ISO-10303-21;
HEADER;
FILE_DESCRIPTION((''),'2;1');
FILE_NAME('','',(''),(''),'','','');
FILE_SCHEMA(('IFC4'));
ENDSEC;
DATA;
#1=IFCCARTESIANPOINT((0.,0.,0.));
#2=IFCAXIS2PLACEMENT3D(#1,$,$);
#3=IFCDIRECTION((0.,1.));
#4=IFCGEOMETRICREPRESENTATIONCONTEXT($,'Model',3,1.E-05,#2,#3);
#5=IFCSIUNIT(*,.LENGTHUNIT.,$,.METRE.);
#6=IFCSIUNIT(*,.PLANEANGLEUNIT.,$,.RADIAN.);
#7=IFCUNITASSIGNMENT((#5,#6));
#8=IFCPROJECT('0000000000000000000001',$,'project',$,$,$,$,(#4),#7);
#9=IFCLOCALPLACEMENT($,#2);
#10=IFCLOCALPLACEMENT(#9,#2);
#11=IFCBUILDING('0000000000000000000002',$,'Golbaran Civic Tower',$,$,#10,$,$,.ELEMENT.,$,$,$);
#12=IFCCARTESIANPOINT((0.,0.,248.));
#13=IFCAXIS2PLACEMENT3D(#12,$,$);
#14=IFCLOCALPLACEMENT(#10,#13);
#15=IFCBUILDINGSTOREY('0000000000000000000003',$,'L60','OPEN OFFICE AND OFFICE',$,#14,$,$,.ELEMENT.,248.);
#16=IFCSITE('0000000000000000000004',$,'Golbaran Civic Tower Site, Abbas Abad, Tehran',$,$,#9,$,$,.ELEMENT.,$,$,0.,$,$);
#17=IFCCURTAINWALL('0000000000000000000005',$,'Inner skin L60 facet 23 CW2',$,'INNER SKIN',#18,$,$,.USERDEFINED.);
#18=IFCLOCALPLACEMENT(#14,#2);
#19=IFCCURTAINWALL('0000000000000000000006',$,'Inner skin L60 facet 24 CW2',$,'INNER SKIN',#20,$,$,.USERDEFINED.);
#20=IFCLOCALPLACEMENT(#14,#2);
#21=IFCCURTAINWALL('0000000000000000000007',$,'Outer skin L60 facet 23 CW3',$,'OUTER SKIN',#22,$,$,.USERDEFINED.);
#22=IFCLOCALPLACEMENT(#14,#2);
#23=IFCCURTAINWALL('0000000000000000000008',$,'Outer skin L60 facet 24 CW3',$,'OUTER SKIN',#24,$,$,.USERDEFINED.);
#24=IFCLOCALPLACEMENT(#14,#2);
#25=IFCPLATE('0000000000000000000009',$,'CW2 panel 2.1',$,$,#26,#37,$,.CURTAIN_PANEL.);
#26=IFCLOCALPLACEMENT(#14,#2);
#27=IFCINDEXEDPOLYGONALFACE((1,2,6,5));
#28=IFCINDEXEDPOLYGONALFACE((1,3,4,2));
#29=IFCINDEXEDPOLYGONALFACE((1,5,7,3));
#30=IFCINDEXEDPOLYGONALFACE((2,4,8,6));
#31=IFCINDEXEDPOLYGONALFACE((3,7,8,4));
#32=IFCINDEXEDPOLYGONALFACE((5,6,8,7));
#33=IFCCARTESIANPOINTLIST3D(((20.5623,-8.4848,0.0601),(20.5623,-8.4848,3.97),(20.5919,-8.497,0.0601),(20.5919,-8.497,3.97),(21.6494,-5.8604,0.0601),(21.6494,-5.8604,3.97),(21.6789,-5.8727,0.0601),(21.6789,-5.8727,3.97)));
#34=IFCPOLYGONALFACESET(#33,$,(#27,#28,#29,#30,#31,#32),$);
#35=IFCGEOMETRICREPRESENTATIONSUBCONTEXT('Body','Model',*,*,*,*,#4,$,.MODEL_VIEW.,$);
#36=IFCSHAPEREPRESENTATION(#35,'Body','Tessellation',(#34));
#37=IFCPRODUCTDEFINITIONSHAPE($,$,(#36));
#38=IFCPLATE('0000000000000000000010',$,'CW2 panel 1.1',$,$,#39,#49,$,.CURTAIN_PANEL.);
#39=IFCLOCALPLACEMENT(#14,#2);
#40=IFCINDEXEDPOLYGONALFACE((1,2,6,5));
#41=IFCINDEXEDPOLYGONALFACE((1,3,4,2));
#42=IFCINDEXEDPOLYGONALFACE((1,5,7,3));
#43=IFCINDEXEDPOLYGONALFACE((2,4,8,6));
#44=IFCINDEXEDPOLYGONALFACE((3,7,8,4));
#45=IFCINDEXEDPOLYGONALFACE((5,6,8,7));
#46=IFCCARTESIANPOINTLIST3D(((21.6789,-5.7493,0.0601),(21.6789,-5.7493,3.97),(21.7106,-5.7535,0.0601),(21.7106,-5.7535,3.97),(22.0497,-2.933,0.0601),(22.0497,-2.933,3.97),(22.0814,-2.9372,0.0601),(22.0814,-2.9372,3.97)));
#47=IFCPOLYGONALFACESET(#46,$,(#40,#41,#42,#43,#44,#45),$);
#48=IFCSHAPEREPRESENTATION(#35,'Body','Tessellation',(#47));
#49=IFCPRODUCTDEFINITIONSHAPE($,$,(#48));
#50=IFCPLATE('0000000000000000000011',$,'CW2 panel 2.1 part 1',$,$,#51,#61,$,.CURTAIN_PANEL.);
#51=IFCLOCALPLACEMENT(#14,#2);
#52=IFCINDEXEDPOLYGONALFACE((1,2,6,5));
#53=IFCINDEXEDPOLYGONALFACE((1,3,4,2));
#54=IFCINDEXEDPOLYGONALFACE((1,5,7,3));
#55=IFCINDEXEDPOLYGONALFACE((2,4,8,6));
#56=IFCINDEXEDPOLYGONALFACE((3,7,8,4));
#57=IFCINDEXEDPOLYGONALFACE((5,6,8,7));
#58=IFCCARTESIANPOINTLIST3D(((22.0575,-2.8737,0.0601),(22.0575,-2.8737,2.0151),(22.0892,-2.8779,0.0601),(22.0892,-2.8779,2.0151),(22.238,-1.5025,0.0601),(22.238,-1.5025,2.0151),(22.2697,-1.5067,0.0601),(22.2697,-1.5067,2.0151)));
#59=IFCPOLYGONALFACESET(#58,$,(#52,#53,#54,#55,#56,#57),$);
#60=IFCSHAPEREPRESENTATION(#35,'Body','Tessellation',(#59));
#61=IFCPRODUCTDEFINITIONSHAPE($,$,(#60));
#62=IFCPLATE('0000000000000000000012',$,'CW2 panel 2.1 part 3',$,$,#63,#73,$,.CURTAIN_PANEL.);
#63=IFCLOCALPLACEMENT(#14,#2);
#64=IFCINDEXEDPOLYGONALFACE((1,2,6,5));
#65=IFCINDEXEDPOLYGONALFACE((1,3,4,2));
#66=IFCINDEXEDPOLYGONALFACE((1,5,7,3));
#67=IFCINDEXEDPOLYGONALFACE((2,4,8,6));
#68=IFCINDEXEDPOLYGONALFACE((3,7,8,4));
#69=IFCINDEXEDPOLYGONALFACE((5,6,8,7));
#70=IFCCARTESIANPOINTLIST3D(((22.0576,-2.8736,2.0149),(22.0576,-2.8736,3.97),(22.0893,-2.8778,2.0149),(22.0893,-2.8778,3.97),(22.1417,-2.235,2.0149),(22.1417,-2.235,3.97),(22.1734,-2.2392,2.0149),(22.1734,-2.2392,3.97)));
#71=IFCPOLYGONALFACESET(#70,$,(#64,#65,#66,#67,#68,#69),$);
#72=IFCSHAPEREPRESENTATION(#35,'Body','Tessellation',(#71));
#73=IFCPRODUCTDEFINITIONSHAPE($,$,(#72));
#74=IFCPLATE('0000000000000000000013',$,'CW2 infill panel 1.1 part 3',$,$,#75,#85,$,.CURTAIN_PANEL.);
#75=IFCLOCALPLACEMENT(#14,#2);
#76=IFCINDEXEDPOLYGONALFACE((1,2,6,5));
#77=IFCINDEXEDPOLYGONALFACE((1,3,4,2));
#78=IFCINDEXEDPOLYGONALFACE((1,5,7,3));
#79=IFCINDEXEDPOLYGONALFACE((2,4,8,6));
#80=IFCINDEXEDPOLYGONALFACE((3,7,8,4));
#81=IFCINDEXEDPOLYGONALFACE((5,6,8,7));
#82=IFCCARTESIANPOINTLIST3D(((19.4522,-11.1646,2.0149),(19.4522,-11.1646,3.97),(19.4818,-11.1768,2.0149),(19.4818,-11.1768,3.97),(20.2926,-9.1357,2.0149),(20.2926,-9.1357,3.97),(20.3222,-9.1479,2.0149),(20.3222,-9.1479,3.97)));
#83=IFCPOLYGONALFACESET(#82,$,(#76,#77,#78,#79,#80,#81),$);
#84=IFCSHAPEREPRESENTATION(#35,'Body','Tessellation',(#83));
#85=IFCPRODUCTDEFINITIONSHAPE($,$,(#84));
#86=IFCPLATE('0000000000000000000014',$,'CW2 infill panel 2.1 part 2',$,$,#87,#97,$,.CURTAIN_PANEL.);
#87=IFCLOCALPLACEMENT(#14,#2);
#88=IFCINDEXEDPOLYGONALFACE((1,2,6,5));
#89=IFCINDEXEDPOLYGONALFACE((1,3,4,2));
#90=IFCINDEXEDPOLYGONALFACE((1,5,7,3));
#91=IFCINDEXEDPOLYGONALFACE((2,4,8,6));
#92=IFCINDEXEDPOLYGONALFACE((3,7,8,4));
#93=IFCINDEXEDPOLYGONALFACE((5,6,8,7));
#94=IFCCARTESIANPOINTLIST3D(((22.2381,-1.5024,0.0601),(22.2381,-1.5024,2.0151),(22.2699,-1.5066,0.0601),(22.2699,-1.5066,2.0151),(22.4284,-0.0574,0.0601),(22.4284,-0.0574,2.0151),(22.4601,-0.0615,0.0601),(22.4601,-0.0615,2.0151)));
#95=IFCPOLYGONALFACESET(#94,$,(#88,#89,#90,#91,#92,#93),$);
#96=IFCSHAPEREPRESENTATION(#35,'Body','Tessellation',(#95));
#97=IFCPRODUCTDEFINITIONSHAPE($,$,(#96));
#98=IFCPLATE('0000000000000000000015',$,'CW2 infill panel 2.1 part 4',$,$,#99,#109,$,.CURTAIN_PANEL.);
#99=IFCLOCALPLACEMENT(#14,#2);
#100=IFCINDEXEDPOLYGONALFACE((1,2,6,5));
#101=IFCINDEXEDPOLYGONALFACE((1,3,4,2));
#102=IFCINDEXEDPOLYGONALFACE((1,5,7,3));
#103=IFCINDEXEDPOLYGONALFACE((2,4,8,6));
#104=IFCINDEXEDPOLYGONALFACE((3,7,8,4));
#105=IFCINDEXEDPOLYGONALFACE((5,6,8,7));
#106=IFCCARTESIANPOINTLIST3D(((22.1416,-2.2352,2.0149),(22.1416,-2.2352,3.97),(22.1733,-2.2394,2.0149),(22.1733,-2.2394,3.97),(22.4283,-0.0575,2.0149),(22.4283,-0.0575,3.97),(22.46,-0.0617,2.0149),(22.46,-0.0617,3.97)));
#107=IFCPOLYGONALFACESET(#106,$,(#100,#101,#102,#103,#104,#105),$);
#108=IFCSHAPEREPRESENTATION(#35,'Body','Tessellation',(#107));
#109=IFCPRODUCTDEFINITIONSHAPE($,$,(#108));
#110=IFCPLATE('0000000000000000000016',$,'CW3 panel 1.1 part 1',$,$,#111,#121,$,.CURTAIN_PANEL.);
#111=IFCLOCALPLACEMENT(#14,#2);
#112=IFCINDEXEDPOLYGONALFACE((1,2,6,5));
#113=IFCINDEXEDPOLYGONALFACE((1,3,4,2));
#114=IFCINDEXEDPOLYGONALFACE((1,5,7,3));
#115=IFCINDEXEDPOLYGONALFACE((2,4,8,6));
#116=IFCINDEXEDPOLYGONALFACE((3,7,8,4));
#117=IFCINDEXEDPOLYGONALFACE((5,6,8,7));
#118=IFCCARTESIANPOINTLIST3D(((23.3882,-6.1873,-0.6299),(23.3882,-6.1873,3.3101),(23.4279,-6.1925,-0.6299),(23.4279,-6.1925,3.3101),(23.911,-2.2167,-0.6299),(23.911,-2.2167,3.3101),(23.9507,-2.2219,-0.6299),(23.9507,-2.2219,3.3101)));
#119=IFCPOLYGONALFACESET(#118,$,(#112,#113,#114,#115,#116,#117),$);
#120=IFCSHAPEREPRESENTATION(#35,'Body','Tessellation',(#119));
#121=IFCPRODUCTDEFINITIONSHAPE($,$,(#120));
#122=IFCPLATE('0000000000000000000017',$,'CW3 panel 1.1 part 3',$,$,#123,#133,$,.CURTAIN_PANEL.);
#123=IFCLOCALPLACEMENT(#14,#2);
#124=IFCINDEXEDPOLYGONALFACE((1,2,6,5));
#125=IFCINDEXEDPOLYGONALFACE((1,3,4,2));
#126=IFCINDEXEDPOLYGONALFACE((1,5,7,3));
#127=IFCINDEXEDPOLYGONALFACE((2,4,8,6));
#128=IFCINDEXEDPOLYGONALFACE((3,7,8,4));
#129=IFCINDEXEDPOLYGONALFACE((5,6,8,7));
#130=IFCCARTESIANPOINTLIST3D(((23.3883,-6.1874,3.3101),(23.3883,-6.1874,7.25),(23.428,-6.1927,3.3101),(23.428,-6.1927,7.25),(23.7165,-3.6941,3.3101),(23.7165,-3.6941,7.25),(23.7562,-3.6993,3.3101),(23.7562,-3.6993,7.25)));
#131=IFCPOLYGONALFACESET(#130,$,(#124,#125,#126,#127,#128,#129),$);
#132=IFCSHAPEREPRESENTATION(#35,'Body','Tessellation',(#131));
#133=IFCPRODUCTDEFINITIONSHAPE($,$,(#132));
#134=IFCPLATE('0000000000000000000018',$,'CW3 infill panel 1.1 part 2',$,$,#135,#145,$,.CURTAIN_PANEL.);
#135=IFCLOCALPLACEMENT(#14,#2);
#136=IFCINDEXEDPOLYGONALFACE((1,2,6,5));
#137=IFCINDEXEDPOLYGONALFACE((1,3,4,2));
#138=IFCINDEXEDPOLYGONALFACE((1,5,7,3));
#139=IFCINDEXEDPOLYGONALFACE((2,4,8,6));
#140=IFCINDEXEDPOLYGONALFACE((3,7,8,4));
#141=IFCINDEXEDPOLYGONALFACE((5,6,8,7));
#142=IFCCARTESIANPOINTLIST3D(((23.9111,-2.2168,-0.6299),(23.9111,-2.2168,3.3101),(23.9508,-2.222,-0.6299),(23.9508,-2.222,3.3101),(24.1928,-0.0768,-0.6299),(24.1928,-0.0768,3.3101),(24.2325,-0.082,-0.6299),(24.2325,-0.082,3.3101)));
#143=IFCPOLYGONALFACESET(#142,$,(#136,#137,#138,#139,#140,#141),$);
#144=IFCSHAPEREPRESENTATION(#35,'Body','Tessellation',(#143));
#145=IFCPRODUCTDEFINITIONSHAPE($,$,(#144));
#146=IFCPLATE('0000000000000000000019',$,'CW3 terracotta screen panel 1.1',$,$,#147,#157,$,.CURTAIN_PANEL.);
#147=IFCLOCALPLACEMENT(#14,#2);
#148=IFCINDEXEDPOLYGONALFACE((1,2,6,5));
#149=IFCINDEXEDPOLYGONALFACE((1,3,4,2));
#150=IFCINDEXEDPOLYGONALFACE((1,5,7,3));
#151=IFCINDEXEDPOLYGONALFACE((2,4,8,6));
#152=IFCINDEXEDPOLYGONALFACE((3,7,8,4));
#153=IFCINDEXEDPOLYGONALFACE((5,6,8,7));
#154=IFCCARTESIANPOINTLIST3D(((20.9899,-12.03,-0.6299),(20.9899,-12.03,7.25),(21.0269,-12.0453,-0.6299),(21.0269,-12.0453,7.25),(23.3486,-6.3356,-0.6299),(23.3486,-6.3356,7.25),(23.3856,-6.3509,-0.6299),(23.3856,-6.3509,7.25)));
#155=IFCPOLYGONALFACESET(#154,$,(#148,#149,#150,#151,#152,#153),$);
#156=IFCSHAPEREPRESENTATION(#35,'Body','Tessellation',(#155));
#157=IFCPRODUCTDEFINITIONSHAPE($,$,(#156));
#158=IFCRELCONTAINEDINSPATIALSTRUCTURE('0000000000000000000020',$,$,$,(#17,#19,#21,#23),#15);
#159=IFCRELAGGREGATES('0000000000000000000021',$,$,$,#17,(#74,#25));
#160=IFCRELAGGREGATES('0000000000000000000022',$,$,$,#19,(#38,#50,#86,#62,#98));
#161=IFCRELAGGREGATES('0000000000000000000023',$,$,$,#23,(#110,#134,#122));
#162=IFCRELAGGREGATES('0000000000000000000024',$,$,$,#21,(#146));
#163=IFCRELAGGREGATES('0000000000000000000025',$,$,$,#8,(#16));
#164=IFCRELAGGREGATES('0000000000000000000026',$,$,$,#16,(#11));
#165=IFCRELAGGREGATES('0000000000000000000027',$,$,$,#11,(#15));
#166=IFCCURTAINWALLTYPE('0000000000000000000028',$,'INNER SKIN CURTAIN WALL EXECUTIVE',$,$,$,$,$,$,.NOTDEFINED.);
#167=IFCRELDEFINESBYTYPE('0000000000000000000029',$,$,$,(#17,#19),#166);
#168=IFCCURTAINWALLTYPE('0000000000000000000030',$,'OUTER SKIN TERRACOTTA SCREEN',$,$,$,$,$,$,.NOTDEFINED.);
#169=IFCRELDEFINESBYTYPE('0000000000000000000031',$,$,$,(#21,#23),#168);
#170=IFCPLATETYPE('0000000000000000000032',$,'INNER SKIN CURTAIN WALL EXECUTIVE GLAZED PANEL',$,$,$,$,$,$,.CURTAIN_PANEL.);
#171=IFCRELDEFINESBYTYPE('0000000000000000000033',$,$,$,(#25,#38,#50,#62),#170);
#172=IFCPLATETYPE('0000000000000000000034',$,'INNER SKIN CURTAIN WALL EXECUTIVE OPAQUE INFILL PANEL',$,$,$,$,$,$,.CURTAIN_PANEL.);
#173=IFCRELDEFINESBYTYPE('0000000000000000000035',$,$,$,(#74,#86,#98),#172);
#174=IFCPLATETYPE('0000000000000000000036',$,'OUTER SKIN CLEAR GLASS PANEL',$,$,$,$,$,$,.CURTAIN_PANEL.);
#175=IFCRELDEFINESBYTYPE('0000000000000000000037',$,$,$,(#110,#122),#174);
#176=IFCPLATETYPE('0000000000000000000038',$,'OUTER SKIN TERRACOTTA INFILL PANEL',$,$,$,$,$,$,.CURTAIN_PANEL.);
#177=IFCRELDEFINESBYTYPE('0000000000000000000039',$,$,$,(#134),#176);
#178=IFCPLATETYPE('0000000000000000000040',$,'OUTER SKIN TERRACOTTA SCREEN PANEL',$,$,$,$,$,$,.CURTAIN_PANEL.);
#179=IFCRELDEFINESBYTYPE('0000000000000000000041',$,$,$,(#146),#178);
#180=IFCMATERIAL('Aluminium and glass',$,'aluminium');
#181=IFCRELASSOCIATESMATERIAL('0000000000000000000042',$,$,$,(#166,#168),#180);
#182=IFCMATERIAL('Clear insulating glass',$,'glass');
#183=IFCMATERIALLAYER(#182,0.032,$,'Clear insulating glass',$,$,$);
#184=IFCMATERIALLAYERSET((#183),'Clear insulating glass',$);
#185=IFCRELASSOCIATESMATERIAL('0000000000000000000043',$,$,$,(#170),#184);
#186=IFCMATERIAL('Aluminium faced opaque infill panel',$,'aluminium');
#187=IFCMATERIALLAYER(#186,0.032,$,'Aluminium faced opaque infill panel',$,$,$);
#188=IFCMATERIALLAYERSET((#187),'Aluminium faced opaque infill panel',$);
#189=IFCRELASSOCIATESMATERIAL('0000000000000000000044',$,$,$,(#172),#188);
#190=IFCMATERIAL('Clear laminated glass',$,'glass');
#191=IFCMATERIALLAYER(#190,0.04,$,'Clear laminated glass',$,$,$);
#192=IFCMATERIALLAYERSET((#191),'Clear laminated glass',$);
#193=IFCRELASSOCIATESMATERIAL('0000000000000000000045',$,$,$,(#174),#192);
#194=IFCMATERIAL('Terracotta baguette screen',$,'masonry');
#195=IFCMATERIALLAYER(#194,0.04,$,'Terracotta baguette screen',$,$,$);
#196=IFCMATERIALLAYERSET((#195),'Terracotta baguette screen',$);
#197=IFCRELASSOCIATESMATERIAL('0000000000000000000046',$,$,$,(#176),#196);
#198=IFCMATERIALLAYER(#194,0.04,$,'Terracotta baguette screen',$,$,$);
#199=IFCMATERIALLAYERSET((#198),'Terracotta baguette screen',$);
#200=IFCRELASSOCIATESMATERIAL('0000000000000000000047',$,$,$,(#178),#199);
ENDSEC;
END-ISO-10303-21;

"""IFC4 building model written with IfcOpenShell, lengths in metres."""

from ifc_helpers import new_model, si_unit, direction, frame, origin, origin_2d, place, context, subcontext, project, spatial, rectangle, extrude, material, layer, layer_set, type_object, element, aggregate, save


model = new_model("IFC4")

# Units and contexts
model_context = context("Model", 3, precision=1e-05, world=origin(), true_north=direction((0.0, 1.0)))
body_context = subcontext(model_context, "Body", "Model", "MODEL_VIEW")
ifc_project = project(units=[si_unit("LENGTHUNIT", "METRE"), si_unit("PLANEANGLEUNIT", "RADIAN")], contexts=[model_context])

# Site, building, storey
site_placement = place(None, origin())
site = spatial("IfcSite", under=ifc_project, at=site_placement, Name="Golbaran Civic Tower Site, Abbas Abad, Tehran", CompositionType="ELEMENT", RefElevation=0.0)
building_placement = place(site_placement, origin())
building = spatial("IfcBuilding", under=site, at=building_placement, Name="Golbaran Civic Tower", CompositionType="ELEMENT")
storey_placement = place(building_placement, frame((0.0, 0.0, 248.0)))
storey = spatial("IfcBuildingStorey", under=building, at=storey_placement, Name="L60", Description="OPEN OFFICE AND OFFICE", CompositionType="ELEMENT", Elevation=248.0)

# Curtain walls
ifc_material_1 = material(Name="Aluminium and glass", Category="aluminium")
curtain_wall_type_1 = type_object("IfcCurtainWallType", Name="INNER SKIN CURTAIN WALL EXECUTIVE", PredefinedType="NOTDEFINED", material=ifc_material_1)
curtain_wall_1_placement = place(storey_placement, origin())
curtain_wall_1 = element("IfcCurtainWall", 1, at=curtain_wall_1_placement, inside=storey, type_object=curtain_wall_type_1, Name="Inner skin L60 facet 23 CW2", ObjectType="INNER SKIN", PredefinedType="USERDEFINED")
curtain_wall_2_placement = place(storey_placement, origin())
curtain_wall_2 = element("IfcCurtainWall", 2, at=curtain_wall_2_placement, inside=storey, type_object=curtain_wall_type_1, Name="Inner skin L60 facet 24 CW2", ObjectType="INNER SKIN", PredefinedType="USERDEFINED")

# Curtain wall
curtain_wall_type_2 = type_object("IfcCurtainWallType", Name="OUTER SKIN TERRACOTTA SCREEN", PredefinedType="NOTDEFINED", material=ifc_material_1)
curtain_wall_3_placement = place(storey_placement, origin())
curtain_wall_3 = element("IfcCurtainWall", 3, at=curtain_wall_3_placement, inside=storey, type_object=curtain_wall_type_2, Name="Outer skin L60 facet 23 CW3", ObjectType="OUTER SKIN", PredefinedType="USERDEFINED")

# Curtain wall
curtain_wall_4_placement = place(storey_placement, origin())
curtain_wall_4 = element("IfcCurtainWall", 4, at=curtain_wall_4_placement, inside=storey, type_object=curtain_wall_type_2, Name="Outer skin L60 facet 24 CW3", ObjectType="OUTER SKIN", PredefinedType="USERDEFINED")

# Plates
ifc_material_2 = material(Name="Clear insulating glass", Category="glass")
ifc_layer_1 = layer(ifc_material_2, 0.032, Name="Clear insulating glass")
ifc_layer_set_1 = layer_set([ifc_layer_1], Name="Clear insulating glass")
plate_type_1 = type_object("IfcPlateType", Name="INNER SKIN CURTAIN WALL EXECUTIVE GLAZED PANEL", PredefinedType="CURTAIN_PANEL", material=ifc_layer_set_1)
plate_1_placement = place(storey_placement, frame((21.1206, -7.1787, 0.0601), z_axis=(0.0, 0.0, 1.0), x_axis=(0.382683, 0.92388, 0.0)))
plate_1 = element("IfcPlate", 5, at=plate_1_placement, type_object=plate_type_1, Name="CW2 panel 2.1", PredefinedType="CURTAIN_PANEL", context=body_context, shape_type="SweptSolid", body=[
    extrude(rectangle(XDim=2.8406, YDim=0.032, at=origin_2d()), origin(), (0.0, 0.0, 1.0), 3.9099),
])
plate_2_placement = place(storey_placement, frame((21.8801, -4.3433, 0.0601), z_axis=(0.0, 0.0, 1.0), x_axis=(0.130526, 0.991445, 0.0)))
plate_2 = element("IfcPlate", 6, at=plate_2_placement, type_object=plate_type_1, Name="CW2 panel 1.1", PredefinedType="CURTAIN_PANEL", context=body_context, shape_type="SweptSolid", body=[
    extrude(rectangle(XDim=2.8406, YDim=0.032, at=origin_2d()), origin(), (0.0, 0.0, 1.0), 3.9099),
])
plate_3_placement = place(storey_placement, frame((22.1636, -2.1902, 0.0601), z_axis=(0.0, 0.0, 1.0), x_axis=(0.130526, 0.991445, 0.0)))
plate_3 = element("IfcPlate", 7, at=plate_3_placement, type_object=plate_type_1, Name="CW2 panel 2.1 part 1", PredefinedType="CURTAIN_PANEL", context=body_context, shape_type="SweptSolid", body=[
    extrude(rectangle(XDim=1.3831, YDim=0.032, at=origin_2d()), origin(), (0.0, 0.0, 1.0), 1.9551),
])
plate_4_placement = place(storey_placement, frame((22.1155, -2.5564, 2.0149), z_axis=(0.0, 0.0, 1.0), x_axis=(0.130526, 0.991445, 0.0)))
plate_4 = element("IfcPlate", 8, at=plate_4_placement, type_object=plate_type_1, Name="CW2 panel 2.1 part 3", PredefinedType="CURTAIN_PANEL", context=body_context, shape_type="SweptSolid", body=[
    extrude(rectangle(XDim=0.644, YDim=0.032, at=origin_2d()), origin(), (0.0, 0.0, 1.0), 1.9551),
])
ifc_material_3 = material(Name="Aluminium faced opaque infill panel", Category="aluminium")
ifc_layer_2 = layer(ifc_material_3, 0.032, Name="Aluminium faced opaque infill panel")
ifc_layer_set_2 = layer_set([ifc_layer_2], Name="Aluminium faced opaque infill panel")
plate_type_2 = type_object("IfcPlateType", Name="INNER SKIN CURTAIN WALL EXECUTIVE OPAQUE INFILL PANEL", PredefinedType="CURTAIN_PANEL", material=ifc_layer_set_2)
plate_5_placement = place(storey_placement, frame((19.8872, -10.1562, 2.0149), z_axis=(0.0, 0.0, 1.0), x_axis=(0.382683, 0.92388, 0.0)))
plate_5 = element("IfcPlate", 9, at=plate_5_placement, type_object=plate_type_2, Name="CW2 infill panel 1.1 part 3", PredefinedType="CURTAIN_PANEL", context=body_context, shape_type="SweptSolid", body=[
    extrude(rectangle(XDim=2.196, YDim=0.032, at=origin_2d()), origin(), (0.0, 0.0, 1.0), 1.9551),
])
aggregate(curtain_wall_1, [plate_5, plate_1])
plate_6_placement = place(storey_placement, frame((22.3491, -0.782, 0.0601), z_axis=(0.0, 0.0, 1.0), x_axis=(0.130526, 0.991445, 0.0)))
plate_6 = element("IfcPlate", 10, at=plate_6_placement, type_object=plate_type_2, Name="CW2 infill panel 2.1 part 2", PredefinedType="CURTAIN_PANEL", context=body_context, shape_type="SweptSolid", body=[
    extrude(rectangle(XDim=1.4575, YDim=0.032, at=origin_2d()), origin(), (0.0, 0.0, 1.0), 1.9551),
])
plate_7_placement = place(storey_placement, frame((22.3008, -1.1484, 2.0149), z_axis=(0.0, 0.0, 1.0), x_axis=(0.130526, 0.991445, 0.0)))
plate_7 = element("IfcPlate", 11, at=plate_7_placement, type_object=plate_type_2, Name="CW2 infill panel 2.1 part 4", PredefinedType="CURTAIN_PANEL", context=body_context, shape_type="SweptSolid", body=[
    extrude(rectangle(XDim=2.1965, YDim=0.032, at=origin_2d()), origin(), (0.0, 0.0, 1.0), 1.9551),
])
aggregate(curtain_wall_2, [plate_2, plate_3, plate_6, plate_4, plate_7])
ifc_material_4 = material(Name="Clear laminated glass", Category="glass")
ifc_layer_3 = layer(ifc_material_4, 0.04, Name="Clear laminated glass")
ifc_layer_set_3 = layer_set([ifc_layer_3], Name="Clear laminated glass")
plate_type_3 = type_object("IfcPlateType", Name="OUTER SKIN CLEAR GLASS PANEL", PredefinedType="CURTAIN_PANEL", material=ifc_layer_set_3)
plate_8_placement = place(storey_placement, frame((23.6694, -4.2046, -0.6299), z_axis=(0.0, 0.0, 1.0), x_axis=(0.130526, 0.991445, 0.0)))
plate_8 = element("IfcPlate", 12, at=plate_8_placement, type_object=plate_type_3, Name="CW3 panel 1.1 part 1", PredefinedType="CURTAIN_PANEL", context=body_context, shape_type="SweptSolid", body=[
    extrude(rectangle(XDim=4.0049, YDim=0.04, at=origin_2d()), origin(), (0.0, 0.0, 1.0), 3.9399),
])
plate_9_placement = place(storey_placement, frame((23.5723, -4.9434, 3.3101), z_axis=(0.0, 0.0, 1.0), x_axis=(0.130526, 0.991445, 0.0)))
plate_9 = element("IfcPlate", 13, at=plate_9_placement, type_object=plate_type_3, Name="CW3 panel 1.1 part 3", PredefinedType="CURTAIN_PANEL", context=body_context, shape_type="SweptSolid", body=[
    extrude(rectangle(XDim=2.5149, YDim=0.04, at=origin_2d()), origin(), (0.0, 0.0, 1.0), 3.9399),
])
ifc_material_5 = material(Name="Terracotta baguette screen", Category="masonry")
ifc_layer_4 = layer(ifc_material_5, 0.04, Name="Terracotta baguette screen")
ifc_layer_set_4 = layer_set([ifc_layer_4], Name="Terracotta baguette screen")
plate_type_4 = type_object("IfcPlateType", Name="OUTER SKIN TERRACOTTA INFILL PANEL", PredefinedType="CURTAIN_PANEL", material=ifc_layer_set_4)
plate_10_placement = place(storey_placement, frame((24.0718, -1.1494, -0.6299), z_axis=(0.0, 0.0, 1.0), x_axis=(0.130526, 0.991445, 0.0)))
plate_10 = element("IfcPlate", 14, at=plate_10_placement, type_object=plate_type_4, Name="CW3 infill panel 1.1 part 2", PredefinedType="CURTAIN_PANEL", context=body_context, shape_type="SweptSolid", body=[
    extrude(rectangle(XDim=2.1584, YDim=0.04, at=origin_2d()), origin(), (0.0, 0.0, 1.0), 3.9399),
])
aggregate(curtain_wall_4, [plate_8, plate_10, plate_9])
ifc_layer_5 = layer(ifc_material_5, 0.04, Name="Terracotta baguette screen")
ifc_layer_set_5 = layer_set([ifc_layer_5], Name="Terracotta baguette screen")
plate_type_5 = type_object("IfcPlateType", Name="OUTER SKIN TERRACOTTA SCREEN PANEL", PredefinedType="CURTAIN_PANEL", material=ifc_layer_set_5)
plate_11_placement = place(storey_placement, frame((22.1877, -9.1904, -0.6299), z_axis=(0.0, 0.0, 1.0), x_axis=(0.382683, 0.92388, 0.0)))
plate_11 = element("IfcPlate", 15, at=plate_11_placement, type_object=plate_type_5, Name="CW3 terracotta screen panel 1.1", PredefinedType="CURTAIN_PANEL", context=body_context, shape_type="SweptSolid", body=[
    extrude(rectangle(XDim=6.1636, YDim=0.04, at=origin_2d()), origin(), (0.0, 0.0, 1.0), 7.8799),
])
aggregate(curtain_wall_3, [plate_11])

save(model, "model.ifc")
